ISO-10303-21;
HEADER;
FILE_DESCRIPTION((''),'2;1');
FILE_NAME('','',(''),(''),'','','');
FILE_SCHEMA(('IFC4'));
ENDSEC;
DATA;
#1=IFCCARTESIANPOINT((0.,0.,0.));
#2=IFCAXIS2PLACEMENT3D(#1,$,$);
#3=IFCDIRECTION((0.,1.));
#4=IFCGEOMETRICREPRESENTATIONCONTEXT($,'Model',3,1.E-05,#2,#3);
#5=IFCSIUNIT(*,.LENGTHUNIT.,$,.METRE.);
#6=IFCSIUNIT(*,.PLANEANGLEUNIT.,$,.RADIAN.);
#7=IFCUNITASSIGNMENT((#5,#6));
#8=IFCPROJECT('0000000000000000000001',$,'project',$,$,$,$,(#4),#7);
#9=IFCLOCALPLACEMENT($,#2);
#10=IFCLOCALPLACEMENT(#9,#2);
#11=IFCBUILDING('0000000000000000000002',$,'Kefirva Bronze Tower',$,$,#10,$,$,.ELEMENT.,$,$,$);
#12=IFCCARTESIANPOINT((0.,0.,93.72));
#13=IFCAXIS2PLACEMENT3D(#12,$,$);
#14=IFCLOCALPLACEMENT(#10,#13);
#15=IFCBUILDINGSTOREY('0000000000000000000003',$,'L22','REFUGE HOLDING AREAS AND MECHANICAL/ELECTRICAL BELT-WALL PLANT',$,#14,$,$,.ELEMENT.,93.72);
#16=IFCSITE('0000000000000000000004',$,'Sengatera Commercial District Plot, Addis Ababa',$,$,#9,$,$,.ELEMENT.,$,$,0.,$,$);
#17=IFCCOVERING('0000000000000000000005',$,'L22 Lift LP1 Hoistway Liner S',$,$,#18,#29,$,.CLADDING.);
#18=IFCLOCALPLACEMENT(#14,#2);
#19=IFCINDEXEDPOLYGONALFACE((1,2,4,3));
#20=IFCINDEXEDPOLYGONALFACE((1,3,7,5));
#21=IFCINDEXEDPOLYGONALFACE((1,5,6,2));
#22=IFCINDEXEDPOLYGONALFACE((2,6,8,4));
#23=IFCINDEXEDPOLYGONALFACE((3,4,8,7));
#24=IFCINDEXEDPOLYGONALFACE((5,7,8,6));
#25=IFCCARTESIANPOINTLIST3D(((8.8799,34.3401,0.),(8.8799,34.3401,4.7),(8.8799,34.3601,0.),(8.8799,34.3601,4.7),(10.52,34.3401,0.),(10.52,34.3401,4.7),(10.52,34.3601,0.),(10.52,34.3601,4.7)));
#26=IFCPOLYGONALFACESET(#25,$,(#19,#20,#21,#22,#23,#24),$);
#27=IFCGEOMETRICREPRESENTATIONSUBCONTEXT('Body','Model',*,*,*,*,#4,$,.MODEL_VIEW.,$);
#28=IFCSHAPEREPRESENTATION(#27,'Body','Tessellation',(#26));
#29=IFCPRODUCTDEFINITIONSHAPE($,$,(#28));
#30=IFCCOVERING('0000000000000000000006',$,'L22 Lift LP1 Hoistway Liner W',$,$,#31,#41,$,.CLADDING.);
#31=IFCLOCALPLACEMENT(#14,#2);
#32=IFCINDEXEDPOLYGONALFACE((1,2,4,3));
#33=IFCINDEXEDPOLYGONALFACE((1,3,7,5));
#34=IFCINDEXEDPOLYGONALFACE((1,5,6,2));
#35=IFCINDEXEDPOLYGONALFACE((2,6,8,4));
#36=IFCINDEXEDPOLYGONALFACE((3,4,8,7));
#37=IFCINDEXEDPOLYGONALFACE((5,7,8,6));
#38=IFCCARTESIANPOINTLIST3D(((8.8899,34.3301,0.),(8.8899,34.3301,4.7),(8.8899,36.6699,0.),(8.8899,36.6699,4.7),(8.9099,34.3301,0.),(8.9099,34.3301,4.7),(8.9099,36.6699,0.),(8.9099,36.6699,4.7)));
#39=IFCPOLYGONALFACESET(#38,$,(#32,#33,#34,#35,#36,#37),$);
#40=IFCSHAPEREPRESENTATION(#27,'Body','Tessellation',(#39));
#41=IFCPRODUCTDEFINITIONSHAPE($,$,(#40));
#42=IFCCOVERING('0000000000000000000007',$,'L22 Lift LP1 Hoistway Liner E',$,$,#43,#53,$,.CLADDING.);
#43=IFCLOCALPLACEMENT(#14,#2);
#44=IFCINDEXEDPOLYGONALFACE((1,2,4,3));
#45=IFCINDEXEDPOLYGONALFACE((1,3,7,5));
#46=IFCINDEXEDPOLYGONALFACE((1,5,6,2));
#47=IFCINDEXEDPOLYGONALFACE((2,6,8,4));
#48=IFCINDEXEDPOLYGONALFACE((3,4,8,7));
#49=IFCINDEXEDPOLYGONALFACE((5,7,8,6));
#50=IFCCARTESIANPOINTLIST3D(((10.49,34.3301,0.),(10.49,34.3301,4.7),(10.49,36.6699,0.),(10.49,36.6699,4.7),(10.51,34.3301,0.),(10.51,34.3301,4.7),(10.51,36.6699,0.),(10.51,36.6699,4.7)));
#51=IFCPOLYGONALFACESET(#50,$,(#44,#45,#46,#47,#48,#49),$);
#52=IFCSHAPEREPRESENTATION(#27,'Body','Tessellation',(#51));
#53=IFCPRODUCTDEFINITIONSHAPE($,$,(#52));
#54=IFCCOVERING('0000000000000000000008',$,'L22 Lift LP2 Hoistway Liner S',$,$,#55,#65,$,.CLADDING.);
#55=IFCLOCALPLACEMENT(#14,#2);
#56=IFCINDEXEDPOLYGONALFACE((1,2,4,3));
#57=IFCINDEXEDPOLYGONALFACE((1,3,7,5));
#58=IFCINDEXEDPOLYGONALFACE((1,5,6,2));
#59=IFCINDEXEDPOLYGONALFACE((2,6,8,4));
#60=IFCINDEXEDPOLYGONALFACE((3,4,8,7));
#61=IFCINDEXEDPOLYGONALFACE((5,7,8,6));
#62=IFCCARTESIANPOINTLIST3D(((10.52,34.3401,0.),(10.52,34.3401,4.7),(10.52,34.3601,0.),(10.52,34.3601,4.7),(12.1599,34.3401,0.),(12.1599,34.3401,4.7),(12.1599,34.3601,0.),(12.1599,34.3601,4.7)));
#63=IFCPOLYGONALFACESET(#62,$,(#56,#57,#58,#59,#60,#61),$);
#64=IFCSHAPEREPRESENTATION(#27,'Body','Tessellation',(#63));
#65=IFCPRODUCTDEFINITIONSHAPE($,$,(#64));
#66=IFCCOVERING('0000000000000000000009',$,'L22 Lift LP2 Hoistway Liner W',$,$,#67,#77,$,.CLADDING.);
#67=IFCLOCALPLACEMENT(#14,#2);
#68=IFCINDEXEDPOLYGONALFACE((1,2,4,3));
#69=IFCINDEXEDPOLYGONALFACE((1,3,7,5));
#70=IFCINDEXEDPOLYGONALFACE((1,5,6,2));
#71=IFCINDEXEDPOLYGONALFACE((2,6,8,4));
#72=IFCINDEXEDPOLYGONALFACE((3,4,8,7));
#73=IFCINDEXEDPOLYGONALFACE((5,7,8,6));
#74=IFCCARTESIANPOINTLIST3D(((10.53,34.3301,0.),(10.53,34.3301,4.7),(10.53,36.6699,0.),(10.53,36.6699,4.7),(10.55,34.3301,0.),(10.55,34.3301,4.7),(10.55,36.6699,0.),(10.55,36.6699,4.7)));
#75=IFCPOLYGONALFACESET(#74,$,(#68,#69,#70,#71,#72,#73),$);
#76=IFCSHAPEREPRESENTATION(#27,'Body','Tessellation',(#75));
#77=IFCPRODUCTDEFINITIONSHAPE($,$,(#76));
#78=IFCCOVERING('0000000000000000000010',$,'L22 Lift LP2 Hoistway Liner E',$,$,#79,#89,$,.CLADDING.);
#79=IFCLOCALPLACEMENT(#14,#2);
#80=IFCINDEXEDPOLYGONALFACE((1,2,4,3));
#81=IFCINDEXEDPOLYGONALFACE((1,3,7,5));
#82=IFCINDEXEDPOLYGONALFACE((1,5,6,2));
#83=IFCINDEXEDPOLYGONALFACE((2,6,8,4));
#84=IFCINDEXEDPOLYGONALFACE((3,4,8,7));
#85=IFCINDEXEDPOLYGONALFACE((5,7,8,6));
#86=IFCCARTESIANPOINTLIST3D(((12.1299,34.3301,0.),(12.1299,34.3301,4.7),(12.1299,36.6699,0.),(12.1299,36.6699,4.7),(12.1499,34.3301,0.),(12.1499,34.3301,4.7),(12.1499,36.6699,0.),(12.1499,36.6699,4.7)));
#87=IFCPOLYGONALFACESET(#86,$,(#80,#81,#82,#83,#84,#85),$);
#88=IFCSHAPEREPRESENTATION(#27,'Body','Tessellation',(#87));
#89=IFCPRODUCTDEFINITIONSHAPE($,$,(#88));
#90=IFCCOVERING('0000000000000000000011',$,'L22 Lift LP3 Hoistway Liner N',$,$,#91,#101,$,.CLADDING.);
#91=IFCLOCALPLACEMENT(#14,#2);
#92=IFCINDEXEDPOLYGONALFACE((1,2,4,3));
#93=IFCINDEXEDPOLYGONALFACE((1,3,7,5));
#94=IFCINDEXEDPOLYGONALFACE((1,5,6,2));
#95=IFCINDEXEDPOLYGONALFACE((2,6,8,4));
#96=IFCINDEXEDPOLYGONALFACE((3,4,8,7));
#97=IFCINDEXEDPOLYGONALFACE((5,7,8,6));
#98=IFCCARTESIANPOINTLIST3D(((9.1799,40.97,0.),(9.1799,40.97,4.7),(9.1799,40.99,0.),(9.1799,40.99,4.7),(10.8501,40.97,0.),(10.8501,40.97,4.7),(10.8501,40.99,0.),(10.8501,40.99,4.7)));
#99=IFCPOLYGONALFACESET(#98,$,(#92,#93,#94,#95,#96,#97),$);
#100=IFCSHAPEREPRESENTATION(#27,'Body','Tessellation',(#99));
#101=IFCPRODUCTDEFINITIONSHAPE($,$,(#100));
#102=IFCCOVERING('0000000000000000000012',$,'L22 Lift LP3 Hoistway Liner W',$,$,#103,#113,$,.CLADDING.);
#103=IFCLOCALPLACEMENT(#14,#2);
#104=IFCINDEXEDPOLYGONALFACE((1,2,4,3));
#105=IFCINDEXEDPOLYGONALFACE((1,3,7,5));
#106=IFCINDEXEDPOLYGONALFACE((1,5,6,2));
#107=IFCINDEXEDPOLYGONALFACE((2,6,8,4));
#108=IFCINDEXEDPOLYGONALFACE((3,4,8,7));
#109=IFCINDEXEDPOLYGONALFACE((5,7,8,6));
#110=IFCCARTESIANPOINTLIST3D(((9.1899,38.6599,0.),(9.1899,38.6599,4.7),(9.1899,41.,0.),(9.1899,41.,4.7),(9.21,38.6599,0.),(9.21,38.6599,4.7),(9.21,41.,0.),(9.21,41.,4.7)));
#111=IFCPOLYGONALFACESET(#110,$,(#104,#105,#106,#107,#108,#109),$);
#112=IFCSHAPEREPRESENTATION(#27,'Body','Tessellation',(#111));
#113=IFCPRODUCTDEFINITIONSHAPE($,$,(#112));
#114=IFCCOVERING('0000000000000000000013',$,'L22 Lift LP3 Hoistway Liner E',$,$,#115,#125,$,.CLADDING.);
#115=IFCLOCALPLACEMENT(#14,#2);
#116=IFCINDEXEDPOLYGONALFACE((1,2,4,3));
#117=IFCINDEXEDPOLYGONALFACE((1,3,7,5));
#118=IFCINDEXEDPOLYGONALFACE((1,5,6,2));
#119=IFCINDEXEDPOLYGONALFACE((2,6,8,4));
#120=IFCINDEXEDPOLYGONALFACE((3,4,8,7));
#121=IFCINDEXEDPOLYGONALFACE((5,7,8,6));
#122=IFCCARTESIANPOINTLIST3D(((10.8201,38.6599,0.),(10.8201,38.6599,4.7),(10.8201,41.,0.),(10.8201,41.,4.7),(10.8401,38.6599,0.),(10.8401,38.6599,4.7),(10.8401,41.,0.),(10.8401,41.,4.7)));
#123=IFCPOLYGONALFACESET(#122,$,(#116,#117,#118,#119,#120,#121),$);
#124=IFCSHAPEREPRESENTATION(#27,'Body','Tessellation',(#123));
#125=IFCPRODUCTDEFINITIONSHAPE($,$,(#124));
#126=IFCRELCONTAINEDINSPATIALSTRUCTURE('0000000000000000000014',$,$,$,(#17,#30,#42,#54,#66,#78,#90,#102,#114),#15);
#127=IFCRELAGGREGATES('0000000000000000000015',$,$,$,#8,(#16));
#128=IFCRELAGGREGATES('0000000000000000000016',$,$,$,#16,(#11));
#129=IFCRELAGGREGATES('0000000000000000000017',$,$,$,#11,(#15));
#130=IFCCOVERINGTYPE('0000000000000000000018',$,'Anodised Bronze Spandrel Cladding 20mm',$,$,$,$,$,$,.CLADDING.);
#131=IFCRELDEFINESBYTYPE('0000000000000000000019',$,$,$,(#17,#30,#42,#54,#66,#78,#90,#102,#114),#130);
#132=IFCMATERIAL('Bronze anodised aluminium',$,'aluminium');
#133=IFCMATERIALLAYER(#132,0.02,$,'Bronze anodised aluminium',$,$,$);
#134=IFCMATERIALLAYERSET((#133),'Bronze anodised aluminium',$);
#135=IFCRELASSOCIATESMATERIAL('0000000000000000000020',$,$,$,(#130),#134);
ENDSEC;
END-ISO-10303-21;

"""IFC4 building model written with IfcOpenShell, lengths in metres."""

from ifc_helpers import new_model, si_unit, direction, frame, origin, place, context, subcontext, project, spatial, polyline, outline, extrude, material, layer, layer_set, type_object, element, save


model = new_model("IFC4")

# Units and contexts
model_context = context("Model", 3, precision=1e-05, world=origin(), true_north=direction((0.0, 1.0)))
body_context = subcontext(model_context, "Body", "Model", "MODEL_VIEW")
ifc_project = project(units=[si_unit("LENGTHUNIT", "METRE"), si_unit("PLANEANGLEUNIT", "RADIAN")], contexts=[model_context])

# Site, building, storey
site_placement = place(None, origin())
site = spatial("IfcSite", under=ifc_project, at=site_placement, Name="Sengatera Commercial District Plot, Addis Ababa", CompositionType="ELEMENT", RefElevation=0.0)
building_placement = place(site_placement, origin())
building = spatial("IfcBuilding", under=site, at=building_placement, Name="Kefirva Bronze Tower", CompositionType="ELEMENT")
storey_placement = place(building_placement, frame((0.0, 0.0, 93.72)))
storey = spatial("IfcBuildingStorey", under=building, at=storey_placement, Name="L22", Description="REFUGE HOLDING AREAS AND MECHANICAL/ELECTRICAL BELT-WALL PLANT", CompositionType="ELEMENT", Elevation=93.72)

# Coverings
ifc_material_1 = material(Name="Bronze anodised aluminium", Category="aluminium")
ifc_layer_1 = layer(ifc_material_1, 0.02, Name="Bronze anodised aluminium")
ifc_layer_set_1 = layer_set([ifc_layer_1], Name="Bronze anodised aluminium")
covering_type = type_object("IfcCoveringType", Name="Anodised Bronze Spandrel Cladding 20mm", PredefinedType="CLADDING", material=ifc_layer_set_1)
covering_1_placement = place(storey_placement, origin())
element("IfcCovering", 1, at=covering_1_placement, inside=storey, type_object=covering_type, Name="L22 Lift LP1 Hoistway Liner S", PredefinedType="CLADDING", context=body_context, shape_type="SweptSolid", body=[
    extrude(outline(polyline([(8.8799, 34.3401), (10.52, 34.3401), (10.52, 34.3601), (8.8799, 34.3601), (8.8799, 34.3401)])), origin(), (0.0, 0.0, 1.0), 4.7),
])
covering_2_placement = place(storey_placement, origin())
element("IfcCovering", 2, at=covering_2_placement, inside=storey, type_object=covering_type, Name="L22 Lift LP1 Hoistway Liner W", PredefinedType="CLADDING", context=body_context, shape_type="SweptSolid", body=[
    extrude(outline(polyline([(8.8899, 34.3301), (8.9099, 34.3301), (8.9099, 36.6699), (8.8899, 36.6699), (8.8899, 34.3301)])), origin(), (0.0, 0.0, 1.0), 4.7),
])
covering_3_placement = place(storey_placement, origin())
element("IfcCovering", 3, at=covering_3_placement, inside=storey, type_object=covering_type, Name="L22 Lift LP1 Hoistway Liner E", PredefinedType="CLADDING", context=body_context, shape_type="SweptSolid", body=[
    extrude(outline(polyline([(10.49, 34.3301), (10.51, 34.3301), (10.51, 36.6699), (10.49, 36.6699), (10.49, 34.3301)])), origin(), (0.0, 0.0, 1.0), 4.7),
])
covering_4_placement = place(storey_placement, origin())
element("IfcCovering", 4, at=covering_4_placement, inside=storey, type_object=covering_type, Name="L22 Lift LP2 Hoistway Liner S", PredefinedType="CLADDING", context=body_context, shape_type="SweptSolid", body=[
    extrude(outline(polyline([(10.52, 34.3401), (12.1599, 34.3401), (12.1599, 34.3601), (10.52, 34.3601), (10.52, 34.3401)])), origin(), (0.0, 0.0, 1.0), 4.7),
])
covering_5_placement = place(storey_placement, origin())
element("IfcCovering", 5, at=covering_5_placement, inside=storey, type_object=covering_type, Name="L22 Lift LP2 Hoistway Liner W", PredefinedType="CLADDING", context=body_context, shape_type="SweptSolid", body=[
    extrude(outline(polyline([(10.53, 34.3301), (10.55, 34.3301), (10.55, 36.6699), (10.53, 36.6699), (10.53, 34.3301)])), origin(), (0.0, 0.0, 1.0), 4.7),
])
covering_6_placement = place(storey_placement, origin())
element("IfcCovering", 6, at=covering_6_placement, inside=storey, type_object=covering_type, Name="L22 Lift LP2 Hoistway Liner E", PredefinedType="CLADDING", context=body_context, shape_type="SweptSolid", body=[
    extrude(outline(polyline([(12.1299, 34.3301), (12.1499, 34.3301), (12.1499, 36.6699), (12.1299, 36.6699), (12.1299, 34.3301)])), origin(), (0.0, 0.0, 1.0), 4.7),
])
covering_7_placement = place(storey_placement, origin())
element("IfcCovering", 7, at=covering_7_placement, inside=storey, type_object=covering_type, Name="L22 Lift LP3 Hoistway Liner N", PredefinedType="CLADDING", context=body_context, shape_type="SweptSolid", body=[
    extrude(outline(polyline([(9.1799, 40.97), (10.8501, 40.97), (10.8501, 40.99), (9.1799, 40.99), (9.1799, 40.97)])), origin(), (0.0, 0.0, 1.0), 4.7),
])
covering_8_placement = place(storey_placement, origin())
element("IfcCovering", 8, at=covering_8_placement, inside=storey, type_object=covering_type, Name="L22 Lift LP3 Hoistway Liner W", PredefinedType="CLADDING", context=body_context, shape_type="SweptSolid", body=[
    extrude(outline(polyline([(9.1899, 38.6599), (9.21, 38.6599), (9.21, 41.0), (9.1899, 41.0), (9.1899, 38.6599)])), origin(), (0.0, 0.0, 1.0), 4.7),
])
covering_9_placement = place(storey_placement, origin())
element("IfcCovering", 9, at=covering_9_placement, inside=storey, type_object=covering_type, Name="L22 Lift LP3 Hoistway Liner E", PredefinedType="CLADDING", context=body_context, shape_type="SweptSolid", body=[
    extrude(outline(polyline([(10.8201, 38.6599), (10.8401, 38.6599), (10.8401, 41.0), (10.8201, 41.0), (10.8201, 38.6599)])), origin(), (0.0, 0.0, 1.0), 4.7),
])

save(model, "model.ifc")
